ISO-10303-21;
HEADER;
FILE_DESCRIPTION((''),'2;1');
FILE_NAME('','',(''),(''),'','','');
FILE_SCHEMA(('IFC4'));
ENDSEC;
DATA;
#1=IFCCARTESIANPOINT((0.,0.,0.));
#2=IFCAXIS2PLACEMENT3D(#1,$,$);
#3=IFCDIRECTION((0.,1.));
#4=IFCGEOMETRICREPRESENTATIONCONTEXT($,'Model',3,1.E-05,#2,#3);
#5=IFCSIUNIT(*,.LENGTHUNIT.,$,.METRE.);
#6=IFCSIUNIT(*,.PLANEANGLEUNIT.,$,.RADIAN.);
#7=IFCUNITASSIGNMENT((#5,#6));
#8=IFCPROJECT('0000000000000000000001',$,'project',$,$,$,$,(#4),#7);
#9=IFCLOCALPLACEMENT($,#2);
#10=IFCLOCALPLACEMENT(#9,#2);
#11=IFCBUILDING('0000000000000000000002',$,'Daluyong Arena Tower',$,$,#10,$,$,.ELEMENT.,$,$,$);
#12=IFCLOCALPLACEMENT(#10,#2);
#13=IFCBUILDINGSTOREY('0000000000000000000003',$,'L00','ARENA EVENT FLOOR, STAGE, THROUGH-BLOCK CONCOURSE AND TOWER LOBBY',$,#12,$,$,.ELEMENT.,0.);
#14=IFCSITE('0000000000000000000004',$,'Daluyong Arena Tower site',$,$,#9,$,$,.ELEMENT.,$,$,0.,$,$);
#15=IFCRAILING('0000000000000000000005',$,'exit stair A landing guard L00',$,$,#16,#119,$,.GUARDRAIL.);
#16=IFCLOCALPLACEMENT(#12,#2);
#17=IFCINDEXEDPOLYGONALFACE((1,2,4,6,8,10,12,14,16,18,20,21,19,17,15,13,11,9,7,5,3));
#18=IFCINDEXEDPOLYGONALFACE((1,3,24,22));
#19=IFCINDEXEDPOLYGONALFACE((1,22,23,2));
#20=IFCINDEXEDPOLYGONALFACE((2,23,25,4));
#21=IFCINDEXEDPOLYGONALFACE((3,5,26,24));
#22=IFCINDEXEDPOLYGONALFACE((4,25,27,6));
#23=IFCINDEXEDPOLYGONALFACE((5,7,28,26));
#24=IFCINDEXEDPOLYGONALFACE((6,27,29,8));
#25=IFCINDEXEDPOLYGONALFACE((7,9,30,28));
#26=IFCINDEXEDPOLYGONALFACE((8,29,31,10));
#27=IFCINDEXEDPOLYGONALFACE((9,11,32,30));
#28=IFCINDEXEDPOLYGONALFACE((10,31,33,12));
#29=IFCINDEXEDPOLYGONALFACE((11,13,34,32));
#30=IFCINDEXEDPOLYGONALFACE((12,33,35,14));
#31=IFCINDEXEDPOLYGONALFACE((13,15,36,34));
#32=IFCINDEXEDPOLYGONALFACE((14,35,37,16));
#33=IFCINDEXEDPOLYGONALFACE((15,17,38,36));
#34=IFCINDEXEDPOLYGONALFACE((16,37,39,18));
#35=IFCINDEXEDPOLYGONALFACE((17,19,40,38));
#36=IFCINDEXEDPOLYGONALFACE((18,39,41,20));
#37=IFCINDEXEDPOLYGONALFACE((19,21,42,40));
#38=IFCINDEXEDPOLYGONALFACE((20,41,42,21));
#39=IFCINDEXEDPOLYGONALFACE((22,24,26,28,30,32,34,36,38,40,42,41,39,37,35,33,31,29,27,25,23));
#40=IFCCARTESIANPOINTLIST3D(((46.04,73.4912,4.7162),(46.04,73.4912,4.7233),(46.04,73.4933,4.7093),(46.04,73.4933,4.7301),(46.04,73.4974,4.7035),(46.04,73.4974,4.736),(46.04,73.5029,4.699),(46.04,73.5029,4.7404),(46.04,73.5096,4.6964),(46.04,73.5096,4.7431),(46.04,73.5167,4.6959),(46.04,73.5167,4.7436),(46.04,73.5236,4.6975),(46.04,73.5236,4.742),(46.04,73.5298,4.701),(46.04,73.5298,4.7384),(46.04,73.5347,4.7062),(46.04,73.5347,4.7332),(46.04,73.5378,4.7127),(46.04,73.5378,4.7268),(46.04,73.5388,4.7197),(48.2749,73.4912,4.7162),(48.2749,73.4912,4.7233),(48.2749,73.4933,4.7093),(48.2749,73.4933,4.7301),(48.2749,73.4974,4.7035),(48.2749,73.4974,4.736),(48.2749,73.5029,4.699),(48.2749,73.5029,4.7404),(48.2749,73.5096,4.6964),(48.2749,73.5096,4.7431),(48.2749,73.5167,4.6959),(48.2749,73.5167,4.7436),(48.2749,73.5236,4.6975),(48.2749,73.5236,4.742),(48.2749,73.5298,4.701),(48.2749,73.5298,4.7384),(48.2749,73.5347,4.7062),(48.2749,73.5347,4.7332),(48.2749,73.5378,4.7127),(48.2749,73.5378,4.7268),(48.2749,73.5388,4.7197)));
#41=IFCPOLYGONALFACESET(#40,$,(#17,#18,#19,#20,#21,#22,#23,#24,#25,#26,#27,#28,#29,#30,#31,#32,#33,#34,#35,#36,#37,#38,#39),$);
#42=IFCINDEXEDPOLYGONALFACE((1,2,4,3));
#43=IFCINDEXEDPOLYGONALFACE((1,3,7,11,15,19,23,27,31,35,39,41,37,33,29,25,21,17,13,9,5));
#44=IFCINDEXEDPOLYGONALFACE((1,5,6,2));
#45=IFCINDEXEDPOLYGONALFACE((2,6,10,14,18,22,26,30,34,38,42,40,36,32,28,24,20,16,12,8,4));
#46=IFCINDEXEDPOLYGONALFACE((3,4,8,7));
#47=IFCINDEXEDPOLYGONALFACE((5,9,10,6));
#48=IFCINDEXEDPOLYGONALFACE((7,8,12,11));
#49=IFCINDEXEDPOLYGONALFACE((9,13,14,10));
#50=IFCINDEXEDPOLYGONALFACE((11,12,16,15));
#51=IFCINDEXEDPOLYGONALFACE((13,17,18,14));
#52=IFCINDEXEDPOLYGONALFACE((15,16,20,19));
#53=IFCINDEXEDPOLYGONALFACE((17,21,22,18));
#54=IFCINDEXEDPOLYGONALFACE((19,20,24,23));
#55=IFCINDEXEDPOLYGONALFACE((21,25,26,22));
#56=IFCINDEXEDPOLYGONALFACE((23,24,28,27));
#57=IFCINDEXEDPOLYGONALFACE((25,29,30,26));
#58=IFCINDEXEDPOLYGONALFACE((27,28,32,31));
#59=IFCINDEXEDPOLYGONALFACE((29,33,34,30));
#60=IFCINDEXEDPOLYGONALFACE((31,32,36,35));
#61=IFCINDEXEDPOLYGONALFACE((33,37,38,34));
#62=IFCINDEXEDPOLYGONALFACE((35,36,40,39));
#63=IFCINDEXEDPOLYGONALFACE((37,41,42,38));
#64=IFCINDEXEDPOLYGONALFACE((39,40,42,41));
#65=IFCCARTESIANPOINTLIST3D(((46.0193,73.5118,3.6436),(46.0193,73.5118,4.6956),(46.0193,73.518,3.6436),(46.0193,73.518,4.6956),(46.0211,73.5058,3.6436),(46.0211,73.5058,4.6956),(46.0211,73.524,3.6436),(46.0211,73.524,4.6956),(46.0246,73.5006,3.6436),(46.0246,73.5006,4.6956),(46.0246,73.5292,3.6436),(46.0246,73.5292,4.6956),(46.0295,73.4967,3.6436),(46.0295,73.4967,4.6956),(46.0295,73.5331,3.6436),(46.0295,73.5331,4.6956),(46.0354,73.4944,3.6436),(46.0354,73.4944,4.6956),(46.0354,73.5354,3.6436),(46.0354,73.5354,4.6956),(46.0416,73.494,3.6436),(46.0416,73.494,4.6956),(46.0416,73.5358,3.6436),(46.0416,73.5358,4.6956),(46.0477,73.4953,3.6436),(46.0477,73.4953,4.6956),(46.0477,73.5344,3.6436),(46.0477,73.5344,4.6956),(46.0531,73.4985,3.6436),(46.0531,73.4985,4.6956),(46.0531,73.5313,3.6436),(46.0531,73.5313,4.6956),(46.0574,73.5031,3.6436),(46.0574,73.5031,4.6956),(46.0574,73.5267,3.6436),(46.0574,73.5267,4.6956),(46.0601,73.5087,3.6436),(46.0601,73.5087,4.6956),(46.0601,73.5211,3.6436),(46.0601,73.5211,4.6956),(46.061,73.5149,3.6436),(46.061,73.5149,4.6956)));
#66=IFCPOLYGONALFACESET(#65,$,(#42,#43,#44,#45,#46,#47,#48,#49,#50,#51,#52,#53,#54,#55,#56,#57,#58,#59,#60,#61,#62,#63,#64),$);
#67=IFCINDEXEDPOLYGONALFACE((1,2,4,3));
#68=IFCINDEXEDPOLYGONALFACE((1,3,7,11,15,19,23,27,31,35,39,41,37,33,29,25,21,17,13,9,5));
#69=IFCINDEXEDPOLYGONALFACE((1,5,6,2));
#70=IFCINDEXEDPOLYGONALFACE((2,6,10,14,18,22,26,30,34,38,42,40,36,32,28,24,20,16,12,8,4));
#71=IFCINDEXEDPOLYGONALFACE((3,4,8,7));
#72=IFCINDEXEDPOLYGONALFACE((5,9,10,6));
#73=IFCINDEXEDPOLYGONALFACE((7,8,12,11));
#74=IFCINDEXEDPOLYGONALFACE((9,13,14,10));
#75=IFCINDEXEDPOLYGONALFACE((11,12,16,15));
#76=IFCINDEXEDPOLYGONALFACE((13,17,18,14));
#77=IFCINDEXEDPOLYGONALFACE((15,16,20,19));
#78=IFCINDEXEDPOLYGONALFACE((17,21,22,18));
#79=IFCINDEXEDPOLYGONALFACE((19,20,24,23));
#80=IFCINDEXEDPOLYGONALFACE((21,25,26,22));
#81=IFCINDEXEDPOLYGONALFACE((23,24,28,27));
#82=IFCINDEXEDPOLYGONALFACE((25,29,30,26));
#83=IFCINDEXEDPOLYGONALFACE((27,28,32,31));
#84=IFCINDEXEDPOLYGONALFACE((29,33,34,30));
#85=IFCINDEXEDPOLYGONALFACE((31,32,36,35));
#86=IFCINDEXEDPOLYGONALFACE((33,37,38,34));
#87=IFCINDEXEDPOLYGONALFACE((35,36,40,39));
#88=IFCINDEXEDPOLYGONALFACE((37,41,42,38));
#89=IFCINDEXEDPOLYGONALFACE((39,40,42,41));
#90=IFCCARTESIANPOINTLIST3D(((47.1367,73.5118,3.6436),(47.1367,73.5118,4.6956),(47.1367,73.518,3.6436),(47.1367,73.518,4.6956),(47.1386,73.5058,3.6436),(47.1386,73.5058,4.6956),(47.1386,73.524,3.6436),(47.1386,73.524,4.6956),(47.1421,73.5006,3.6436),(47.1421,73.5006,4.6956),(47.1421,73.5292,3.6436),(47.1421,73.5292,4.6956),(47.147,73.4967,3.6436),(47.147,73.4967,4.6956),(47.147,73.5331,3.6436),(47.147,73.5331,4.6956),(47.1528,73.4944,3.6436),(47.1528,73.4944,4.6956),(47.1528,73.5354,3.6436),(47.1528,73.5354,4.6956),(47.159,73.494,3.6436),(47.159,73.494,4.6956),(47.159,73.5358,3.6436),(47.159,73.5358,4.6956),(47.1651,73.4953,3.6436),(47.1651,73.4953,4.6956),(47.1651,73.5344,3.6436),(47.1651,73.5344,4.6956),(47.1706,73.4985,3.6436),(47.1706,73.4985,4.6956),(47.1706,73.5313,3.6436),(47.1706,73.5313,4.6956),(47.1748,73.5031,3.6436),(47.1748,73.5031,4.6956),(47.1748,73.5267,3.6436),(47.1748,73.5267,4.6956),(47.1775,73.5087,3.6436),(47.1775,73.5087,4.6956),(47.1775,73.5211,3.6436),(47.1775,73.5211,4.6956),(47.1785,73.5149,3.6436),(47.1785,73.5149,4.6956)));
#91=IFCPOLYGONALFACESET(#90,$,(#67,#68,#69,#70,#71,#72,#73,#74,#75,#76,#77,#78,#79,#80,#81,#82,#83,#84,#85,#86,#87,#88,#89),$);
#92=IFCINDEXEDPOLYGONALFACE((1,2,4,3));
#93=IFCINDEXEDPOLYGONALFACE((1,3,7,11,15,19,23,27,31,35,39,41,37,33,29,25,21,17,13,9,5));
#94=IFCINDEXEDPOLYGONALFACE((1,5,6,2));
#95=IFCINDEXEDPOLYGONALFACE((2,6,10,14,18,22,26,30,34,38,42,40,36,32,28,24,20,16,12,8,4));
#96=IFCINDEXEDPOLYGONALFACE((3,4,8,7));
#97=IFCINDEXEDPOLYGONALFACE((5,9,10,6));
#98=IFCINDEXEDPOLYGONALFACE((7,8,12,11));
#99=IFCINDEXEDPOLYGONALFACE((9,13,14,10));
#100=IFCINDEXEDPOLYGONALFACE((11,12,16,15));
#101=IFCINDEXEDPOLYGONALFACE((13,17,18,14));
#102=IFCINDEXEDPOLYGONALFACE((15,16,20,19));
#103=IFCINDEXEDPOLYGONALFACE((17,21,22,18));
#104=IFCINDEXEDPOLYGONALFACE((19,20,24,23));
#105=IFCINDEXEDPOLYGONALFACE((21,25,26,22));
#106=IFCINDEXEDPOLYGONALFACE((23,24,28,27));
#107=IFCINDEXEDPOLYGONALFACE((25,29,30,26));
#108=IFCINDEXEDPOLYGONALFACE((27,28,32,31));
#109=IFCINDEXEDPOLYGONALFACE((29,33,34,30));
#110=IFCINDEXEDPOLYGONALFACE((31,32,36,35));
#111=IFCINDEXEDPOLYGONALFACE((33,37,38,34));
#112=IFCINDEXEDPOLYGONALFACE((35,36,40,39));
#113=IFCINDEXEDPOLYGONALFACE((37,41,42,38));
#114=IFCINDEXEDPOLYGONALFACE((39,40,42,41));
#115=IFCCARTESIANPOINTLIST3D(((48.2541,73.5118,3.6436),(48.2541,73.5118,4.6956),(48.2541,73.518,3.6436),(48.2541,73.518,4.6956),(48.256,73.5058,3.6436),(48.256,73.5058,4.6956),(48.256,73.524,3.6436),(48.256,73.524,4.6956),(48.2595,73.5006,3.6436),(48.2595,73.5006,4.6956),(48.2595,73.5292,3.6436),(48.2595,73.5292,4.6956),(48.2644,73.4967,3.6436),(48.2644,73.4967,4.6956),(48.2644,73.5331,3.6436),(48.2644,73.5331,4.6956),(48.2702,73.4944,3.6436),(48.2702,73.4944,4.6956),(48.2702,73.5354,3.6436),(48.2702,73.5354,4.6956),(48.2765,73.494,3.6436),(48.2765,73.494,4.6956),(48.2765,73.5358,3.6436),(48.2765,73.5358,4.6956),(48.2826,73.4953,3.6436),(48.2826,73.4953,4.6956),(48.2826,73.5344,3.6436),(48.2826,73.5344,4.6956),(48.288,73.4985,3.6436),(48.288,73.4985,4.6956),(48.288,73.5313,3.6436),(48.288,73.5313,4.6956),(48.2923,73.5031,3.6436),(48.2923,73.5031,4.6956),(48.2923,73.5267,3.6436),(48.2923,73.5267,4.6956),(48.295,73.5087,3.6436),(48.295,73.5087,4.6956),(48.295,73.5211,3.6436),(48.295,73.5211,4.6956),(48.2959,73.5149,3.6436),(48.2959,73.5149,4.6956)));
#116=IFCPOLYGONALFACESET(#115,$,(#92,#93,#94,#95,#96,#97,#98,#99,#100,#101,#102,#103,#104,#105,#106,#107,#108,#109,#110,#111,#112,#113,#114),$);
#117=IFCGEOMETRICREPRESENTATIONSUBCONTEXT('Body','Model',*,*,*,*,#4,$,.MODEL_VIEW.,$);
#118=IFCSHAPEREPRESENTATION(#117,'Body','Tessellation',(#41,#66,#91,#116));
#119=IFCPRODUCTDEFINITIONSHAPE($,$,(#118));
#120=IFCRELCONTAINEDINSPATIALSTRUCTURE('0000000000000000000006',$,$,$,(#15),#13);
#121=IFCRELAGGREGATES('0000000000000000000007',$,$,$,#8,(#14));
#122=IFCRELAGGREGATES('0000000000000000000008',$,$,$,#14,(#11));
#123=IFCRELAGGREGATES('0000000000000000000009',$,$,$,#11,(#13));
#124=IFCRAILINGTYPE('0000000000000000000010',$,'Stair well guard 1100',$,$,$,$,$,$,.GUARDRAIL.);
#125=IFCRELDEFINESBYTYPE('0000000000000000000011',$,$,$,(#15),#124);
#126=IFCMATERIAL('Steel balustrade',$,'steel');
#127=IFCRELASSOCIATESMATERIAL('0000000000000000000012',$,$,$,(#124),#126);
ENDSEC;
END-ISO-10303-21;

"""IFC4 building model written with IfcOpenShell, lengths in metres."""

from ifc_helpers import new_model, si_unit, direction, frame, origin, origin_2d, place, context, subcontext, project, spatial, circle, extrude, material, type_object, element, save


model = new_model("IFC4")

# Units and contexts
model_context = context("Model", 3, precision=1e-05, world=origin(), true_north=direction((0.0, 1.0)))
body_context = subcontext(model_context, "Body", "Model", "MODEL_VIEW")
ifc_project = project(units=[si_unit("LENGTHUNIT", "METRE"), si_unit("PLANEANGLEUNIT", "RADIAN")], contexts=[model_context])

# Site, building, storey
site_placement = place(None, origin())
site = spatial("IfcSite", under=ifc_project, at=site_placement, Name="Daluyong Arena Tower site", CompositionType="ELEMENT", RefElevation=0.0)
building_placement = place(site_placement, origin())
building = spatial("IfcBuilding", under=site, at=building_placement, Name="Daluyong Arena Tower", CompositionType="ELEMENT")
storey_placement = place(building_placement, origin())
storey = spatial("IfcBuildingStorey", under=building, at=storey_placement, Name="L00", Description="ARENA EVENT FLOOR, STAGE, THROUGH-BLOCK CONCOURSE AND TOWER LOBBY", CompositionType="ELEMENT", Elevation=0.0)

# Railing
ifc_material_1 = material(Name="Steel balustrade", Category="steel")
railing_type_1 = type_object("IfcRailingType", Name="Stair well guard 1100", PredefinedType="GUARDRAIL", material=ifc_material_1)
for number, where, name in (
    (1, (46.04, 73.5149, 3.6436), "exit stair A landing guard L00"),
):
    element("IfcRailing", number, at=place(storey_placement, frame(where)), inside=storey, type_object=railing_type_1, Name=name, PredefinedType="GUARDRAIL", context=body_context, shape_type="SweptSolid", body=[
        extrude(circle(Radius=0.0239, at=origin_2d()), frame((0.0, 0.0, 1.0762), z_axis=(1.0, 0.0, 0.0), x_axis=(0.0, 1.0, 0.0)), (0.0, 0.0, 1.0), 2.2349),
        extrude(circle(Radius=0.021, at=origin_2d()), origin(), (0.0, 0.0, 1.0), 1.052),
        extrude(circle(Radius=0.021, at=origin_2d()), frame((1.1174, 0.0, 0.0)), (0.0, 0.0, 1.0), 1.052),
        extrude(circle(Radius=0.021, at=origin_2d()), frame((2.2349, 0.0, 0.0)), (0.0, 0.0, 1.0), 1.052),
    ])

save(model, "model.ifc")
